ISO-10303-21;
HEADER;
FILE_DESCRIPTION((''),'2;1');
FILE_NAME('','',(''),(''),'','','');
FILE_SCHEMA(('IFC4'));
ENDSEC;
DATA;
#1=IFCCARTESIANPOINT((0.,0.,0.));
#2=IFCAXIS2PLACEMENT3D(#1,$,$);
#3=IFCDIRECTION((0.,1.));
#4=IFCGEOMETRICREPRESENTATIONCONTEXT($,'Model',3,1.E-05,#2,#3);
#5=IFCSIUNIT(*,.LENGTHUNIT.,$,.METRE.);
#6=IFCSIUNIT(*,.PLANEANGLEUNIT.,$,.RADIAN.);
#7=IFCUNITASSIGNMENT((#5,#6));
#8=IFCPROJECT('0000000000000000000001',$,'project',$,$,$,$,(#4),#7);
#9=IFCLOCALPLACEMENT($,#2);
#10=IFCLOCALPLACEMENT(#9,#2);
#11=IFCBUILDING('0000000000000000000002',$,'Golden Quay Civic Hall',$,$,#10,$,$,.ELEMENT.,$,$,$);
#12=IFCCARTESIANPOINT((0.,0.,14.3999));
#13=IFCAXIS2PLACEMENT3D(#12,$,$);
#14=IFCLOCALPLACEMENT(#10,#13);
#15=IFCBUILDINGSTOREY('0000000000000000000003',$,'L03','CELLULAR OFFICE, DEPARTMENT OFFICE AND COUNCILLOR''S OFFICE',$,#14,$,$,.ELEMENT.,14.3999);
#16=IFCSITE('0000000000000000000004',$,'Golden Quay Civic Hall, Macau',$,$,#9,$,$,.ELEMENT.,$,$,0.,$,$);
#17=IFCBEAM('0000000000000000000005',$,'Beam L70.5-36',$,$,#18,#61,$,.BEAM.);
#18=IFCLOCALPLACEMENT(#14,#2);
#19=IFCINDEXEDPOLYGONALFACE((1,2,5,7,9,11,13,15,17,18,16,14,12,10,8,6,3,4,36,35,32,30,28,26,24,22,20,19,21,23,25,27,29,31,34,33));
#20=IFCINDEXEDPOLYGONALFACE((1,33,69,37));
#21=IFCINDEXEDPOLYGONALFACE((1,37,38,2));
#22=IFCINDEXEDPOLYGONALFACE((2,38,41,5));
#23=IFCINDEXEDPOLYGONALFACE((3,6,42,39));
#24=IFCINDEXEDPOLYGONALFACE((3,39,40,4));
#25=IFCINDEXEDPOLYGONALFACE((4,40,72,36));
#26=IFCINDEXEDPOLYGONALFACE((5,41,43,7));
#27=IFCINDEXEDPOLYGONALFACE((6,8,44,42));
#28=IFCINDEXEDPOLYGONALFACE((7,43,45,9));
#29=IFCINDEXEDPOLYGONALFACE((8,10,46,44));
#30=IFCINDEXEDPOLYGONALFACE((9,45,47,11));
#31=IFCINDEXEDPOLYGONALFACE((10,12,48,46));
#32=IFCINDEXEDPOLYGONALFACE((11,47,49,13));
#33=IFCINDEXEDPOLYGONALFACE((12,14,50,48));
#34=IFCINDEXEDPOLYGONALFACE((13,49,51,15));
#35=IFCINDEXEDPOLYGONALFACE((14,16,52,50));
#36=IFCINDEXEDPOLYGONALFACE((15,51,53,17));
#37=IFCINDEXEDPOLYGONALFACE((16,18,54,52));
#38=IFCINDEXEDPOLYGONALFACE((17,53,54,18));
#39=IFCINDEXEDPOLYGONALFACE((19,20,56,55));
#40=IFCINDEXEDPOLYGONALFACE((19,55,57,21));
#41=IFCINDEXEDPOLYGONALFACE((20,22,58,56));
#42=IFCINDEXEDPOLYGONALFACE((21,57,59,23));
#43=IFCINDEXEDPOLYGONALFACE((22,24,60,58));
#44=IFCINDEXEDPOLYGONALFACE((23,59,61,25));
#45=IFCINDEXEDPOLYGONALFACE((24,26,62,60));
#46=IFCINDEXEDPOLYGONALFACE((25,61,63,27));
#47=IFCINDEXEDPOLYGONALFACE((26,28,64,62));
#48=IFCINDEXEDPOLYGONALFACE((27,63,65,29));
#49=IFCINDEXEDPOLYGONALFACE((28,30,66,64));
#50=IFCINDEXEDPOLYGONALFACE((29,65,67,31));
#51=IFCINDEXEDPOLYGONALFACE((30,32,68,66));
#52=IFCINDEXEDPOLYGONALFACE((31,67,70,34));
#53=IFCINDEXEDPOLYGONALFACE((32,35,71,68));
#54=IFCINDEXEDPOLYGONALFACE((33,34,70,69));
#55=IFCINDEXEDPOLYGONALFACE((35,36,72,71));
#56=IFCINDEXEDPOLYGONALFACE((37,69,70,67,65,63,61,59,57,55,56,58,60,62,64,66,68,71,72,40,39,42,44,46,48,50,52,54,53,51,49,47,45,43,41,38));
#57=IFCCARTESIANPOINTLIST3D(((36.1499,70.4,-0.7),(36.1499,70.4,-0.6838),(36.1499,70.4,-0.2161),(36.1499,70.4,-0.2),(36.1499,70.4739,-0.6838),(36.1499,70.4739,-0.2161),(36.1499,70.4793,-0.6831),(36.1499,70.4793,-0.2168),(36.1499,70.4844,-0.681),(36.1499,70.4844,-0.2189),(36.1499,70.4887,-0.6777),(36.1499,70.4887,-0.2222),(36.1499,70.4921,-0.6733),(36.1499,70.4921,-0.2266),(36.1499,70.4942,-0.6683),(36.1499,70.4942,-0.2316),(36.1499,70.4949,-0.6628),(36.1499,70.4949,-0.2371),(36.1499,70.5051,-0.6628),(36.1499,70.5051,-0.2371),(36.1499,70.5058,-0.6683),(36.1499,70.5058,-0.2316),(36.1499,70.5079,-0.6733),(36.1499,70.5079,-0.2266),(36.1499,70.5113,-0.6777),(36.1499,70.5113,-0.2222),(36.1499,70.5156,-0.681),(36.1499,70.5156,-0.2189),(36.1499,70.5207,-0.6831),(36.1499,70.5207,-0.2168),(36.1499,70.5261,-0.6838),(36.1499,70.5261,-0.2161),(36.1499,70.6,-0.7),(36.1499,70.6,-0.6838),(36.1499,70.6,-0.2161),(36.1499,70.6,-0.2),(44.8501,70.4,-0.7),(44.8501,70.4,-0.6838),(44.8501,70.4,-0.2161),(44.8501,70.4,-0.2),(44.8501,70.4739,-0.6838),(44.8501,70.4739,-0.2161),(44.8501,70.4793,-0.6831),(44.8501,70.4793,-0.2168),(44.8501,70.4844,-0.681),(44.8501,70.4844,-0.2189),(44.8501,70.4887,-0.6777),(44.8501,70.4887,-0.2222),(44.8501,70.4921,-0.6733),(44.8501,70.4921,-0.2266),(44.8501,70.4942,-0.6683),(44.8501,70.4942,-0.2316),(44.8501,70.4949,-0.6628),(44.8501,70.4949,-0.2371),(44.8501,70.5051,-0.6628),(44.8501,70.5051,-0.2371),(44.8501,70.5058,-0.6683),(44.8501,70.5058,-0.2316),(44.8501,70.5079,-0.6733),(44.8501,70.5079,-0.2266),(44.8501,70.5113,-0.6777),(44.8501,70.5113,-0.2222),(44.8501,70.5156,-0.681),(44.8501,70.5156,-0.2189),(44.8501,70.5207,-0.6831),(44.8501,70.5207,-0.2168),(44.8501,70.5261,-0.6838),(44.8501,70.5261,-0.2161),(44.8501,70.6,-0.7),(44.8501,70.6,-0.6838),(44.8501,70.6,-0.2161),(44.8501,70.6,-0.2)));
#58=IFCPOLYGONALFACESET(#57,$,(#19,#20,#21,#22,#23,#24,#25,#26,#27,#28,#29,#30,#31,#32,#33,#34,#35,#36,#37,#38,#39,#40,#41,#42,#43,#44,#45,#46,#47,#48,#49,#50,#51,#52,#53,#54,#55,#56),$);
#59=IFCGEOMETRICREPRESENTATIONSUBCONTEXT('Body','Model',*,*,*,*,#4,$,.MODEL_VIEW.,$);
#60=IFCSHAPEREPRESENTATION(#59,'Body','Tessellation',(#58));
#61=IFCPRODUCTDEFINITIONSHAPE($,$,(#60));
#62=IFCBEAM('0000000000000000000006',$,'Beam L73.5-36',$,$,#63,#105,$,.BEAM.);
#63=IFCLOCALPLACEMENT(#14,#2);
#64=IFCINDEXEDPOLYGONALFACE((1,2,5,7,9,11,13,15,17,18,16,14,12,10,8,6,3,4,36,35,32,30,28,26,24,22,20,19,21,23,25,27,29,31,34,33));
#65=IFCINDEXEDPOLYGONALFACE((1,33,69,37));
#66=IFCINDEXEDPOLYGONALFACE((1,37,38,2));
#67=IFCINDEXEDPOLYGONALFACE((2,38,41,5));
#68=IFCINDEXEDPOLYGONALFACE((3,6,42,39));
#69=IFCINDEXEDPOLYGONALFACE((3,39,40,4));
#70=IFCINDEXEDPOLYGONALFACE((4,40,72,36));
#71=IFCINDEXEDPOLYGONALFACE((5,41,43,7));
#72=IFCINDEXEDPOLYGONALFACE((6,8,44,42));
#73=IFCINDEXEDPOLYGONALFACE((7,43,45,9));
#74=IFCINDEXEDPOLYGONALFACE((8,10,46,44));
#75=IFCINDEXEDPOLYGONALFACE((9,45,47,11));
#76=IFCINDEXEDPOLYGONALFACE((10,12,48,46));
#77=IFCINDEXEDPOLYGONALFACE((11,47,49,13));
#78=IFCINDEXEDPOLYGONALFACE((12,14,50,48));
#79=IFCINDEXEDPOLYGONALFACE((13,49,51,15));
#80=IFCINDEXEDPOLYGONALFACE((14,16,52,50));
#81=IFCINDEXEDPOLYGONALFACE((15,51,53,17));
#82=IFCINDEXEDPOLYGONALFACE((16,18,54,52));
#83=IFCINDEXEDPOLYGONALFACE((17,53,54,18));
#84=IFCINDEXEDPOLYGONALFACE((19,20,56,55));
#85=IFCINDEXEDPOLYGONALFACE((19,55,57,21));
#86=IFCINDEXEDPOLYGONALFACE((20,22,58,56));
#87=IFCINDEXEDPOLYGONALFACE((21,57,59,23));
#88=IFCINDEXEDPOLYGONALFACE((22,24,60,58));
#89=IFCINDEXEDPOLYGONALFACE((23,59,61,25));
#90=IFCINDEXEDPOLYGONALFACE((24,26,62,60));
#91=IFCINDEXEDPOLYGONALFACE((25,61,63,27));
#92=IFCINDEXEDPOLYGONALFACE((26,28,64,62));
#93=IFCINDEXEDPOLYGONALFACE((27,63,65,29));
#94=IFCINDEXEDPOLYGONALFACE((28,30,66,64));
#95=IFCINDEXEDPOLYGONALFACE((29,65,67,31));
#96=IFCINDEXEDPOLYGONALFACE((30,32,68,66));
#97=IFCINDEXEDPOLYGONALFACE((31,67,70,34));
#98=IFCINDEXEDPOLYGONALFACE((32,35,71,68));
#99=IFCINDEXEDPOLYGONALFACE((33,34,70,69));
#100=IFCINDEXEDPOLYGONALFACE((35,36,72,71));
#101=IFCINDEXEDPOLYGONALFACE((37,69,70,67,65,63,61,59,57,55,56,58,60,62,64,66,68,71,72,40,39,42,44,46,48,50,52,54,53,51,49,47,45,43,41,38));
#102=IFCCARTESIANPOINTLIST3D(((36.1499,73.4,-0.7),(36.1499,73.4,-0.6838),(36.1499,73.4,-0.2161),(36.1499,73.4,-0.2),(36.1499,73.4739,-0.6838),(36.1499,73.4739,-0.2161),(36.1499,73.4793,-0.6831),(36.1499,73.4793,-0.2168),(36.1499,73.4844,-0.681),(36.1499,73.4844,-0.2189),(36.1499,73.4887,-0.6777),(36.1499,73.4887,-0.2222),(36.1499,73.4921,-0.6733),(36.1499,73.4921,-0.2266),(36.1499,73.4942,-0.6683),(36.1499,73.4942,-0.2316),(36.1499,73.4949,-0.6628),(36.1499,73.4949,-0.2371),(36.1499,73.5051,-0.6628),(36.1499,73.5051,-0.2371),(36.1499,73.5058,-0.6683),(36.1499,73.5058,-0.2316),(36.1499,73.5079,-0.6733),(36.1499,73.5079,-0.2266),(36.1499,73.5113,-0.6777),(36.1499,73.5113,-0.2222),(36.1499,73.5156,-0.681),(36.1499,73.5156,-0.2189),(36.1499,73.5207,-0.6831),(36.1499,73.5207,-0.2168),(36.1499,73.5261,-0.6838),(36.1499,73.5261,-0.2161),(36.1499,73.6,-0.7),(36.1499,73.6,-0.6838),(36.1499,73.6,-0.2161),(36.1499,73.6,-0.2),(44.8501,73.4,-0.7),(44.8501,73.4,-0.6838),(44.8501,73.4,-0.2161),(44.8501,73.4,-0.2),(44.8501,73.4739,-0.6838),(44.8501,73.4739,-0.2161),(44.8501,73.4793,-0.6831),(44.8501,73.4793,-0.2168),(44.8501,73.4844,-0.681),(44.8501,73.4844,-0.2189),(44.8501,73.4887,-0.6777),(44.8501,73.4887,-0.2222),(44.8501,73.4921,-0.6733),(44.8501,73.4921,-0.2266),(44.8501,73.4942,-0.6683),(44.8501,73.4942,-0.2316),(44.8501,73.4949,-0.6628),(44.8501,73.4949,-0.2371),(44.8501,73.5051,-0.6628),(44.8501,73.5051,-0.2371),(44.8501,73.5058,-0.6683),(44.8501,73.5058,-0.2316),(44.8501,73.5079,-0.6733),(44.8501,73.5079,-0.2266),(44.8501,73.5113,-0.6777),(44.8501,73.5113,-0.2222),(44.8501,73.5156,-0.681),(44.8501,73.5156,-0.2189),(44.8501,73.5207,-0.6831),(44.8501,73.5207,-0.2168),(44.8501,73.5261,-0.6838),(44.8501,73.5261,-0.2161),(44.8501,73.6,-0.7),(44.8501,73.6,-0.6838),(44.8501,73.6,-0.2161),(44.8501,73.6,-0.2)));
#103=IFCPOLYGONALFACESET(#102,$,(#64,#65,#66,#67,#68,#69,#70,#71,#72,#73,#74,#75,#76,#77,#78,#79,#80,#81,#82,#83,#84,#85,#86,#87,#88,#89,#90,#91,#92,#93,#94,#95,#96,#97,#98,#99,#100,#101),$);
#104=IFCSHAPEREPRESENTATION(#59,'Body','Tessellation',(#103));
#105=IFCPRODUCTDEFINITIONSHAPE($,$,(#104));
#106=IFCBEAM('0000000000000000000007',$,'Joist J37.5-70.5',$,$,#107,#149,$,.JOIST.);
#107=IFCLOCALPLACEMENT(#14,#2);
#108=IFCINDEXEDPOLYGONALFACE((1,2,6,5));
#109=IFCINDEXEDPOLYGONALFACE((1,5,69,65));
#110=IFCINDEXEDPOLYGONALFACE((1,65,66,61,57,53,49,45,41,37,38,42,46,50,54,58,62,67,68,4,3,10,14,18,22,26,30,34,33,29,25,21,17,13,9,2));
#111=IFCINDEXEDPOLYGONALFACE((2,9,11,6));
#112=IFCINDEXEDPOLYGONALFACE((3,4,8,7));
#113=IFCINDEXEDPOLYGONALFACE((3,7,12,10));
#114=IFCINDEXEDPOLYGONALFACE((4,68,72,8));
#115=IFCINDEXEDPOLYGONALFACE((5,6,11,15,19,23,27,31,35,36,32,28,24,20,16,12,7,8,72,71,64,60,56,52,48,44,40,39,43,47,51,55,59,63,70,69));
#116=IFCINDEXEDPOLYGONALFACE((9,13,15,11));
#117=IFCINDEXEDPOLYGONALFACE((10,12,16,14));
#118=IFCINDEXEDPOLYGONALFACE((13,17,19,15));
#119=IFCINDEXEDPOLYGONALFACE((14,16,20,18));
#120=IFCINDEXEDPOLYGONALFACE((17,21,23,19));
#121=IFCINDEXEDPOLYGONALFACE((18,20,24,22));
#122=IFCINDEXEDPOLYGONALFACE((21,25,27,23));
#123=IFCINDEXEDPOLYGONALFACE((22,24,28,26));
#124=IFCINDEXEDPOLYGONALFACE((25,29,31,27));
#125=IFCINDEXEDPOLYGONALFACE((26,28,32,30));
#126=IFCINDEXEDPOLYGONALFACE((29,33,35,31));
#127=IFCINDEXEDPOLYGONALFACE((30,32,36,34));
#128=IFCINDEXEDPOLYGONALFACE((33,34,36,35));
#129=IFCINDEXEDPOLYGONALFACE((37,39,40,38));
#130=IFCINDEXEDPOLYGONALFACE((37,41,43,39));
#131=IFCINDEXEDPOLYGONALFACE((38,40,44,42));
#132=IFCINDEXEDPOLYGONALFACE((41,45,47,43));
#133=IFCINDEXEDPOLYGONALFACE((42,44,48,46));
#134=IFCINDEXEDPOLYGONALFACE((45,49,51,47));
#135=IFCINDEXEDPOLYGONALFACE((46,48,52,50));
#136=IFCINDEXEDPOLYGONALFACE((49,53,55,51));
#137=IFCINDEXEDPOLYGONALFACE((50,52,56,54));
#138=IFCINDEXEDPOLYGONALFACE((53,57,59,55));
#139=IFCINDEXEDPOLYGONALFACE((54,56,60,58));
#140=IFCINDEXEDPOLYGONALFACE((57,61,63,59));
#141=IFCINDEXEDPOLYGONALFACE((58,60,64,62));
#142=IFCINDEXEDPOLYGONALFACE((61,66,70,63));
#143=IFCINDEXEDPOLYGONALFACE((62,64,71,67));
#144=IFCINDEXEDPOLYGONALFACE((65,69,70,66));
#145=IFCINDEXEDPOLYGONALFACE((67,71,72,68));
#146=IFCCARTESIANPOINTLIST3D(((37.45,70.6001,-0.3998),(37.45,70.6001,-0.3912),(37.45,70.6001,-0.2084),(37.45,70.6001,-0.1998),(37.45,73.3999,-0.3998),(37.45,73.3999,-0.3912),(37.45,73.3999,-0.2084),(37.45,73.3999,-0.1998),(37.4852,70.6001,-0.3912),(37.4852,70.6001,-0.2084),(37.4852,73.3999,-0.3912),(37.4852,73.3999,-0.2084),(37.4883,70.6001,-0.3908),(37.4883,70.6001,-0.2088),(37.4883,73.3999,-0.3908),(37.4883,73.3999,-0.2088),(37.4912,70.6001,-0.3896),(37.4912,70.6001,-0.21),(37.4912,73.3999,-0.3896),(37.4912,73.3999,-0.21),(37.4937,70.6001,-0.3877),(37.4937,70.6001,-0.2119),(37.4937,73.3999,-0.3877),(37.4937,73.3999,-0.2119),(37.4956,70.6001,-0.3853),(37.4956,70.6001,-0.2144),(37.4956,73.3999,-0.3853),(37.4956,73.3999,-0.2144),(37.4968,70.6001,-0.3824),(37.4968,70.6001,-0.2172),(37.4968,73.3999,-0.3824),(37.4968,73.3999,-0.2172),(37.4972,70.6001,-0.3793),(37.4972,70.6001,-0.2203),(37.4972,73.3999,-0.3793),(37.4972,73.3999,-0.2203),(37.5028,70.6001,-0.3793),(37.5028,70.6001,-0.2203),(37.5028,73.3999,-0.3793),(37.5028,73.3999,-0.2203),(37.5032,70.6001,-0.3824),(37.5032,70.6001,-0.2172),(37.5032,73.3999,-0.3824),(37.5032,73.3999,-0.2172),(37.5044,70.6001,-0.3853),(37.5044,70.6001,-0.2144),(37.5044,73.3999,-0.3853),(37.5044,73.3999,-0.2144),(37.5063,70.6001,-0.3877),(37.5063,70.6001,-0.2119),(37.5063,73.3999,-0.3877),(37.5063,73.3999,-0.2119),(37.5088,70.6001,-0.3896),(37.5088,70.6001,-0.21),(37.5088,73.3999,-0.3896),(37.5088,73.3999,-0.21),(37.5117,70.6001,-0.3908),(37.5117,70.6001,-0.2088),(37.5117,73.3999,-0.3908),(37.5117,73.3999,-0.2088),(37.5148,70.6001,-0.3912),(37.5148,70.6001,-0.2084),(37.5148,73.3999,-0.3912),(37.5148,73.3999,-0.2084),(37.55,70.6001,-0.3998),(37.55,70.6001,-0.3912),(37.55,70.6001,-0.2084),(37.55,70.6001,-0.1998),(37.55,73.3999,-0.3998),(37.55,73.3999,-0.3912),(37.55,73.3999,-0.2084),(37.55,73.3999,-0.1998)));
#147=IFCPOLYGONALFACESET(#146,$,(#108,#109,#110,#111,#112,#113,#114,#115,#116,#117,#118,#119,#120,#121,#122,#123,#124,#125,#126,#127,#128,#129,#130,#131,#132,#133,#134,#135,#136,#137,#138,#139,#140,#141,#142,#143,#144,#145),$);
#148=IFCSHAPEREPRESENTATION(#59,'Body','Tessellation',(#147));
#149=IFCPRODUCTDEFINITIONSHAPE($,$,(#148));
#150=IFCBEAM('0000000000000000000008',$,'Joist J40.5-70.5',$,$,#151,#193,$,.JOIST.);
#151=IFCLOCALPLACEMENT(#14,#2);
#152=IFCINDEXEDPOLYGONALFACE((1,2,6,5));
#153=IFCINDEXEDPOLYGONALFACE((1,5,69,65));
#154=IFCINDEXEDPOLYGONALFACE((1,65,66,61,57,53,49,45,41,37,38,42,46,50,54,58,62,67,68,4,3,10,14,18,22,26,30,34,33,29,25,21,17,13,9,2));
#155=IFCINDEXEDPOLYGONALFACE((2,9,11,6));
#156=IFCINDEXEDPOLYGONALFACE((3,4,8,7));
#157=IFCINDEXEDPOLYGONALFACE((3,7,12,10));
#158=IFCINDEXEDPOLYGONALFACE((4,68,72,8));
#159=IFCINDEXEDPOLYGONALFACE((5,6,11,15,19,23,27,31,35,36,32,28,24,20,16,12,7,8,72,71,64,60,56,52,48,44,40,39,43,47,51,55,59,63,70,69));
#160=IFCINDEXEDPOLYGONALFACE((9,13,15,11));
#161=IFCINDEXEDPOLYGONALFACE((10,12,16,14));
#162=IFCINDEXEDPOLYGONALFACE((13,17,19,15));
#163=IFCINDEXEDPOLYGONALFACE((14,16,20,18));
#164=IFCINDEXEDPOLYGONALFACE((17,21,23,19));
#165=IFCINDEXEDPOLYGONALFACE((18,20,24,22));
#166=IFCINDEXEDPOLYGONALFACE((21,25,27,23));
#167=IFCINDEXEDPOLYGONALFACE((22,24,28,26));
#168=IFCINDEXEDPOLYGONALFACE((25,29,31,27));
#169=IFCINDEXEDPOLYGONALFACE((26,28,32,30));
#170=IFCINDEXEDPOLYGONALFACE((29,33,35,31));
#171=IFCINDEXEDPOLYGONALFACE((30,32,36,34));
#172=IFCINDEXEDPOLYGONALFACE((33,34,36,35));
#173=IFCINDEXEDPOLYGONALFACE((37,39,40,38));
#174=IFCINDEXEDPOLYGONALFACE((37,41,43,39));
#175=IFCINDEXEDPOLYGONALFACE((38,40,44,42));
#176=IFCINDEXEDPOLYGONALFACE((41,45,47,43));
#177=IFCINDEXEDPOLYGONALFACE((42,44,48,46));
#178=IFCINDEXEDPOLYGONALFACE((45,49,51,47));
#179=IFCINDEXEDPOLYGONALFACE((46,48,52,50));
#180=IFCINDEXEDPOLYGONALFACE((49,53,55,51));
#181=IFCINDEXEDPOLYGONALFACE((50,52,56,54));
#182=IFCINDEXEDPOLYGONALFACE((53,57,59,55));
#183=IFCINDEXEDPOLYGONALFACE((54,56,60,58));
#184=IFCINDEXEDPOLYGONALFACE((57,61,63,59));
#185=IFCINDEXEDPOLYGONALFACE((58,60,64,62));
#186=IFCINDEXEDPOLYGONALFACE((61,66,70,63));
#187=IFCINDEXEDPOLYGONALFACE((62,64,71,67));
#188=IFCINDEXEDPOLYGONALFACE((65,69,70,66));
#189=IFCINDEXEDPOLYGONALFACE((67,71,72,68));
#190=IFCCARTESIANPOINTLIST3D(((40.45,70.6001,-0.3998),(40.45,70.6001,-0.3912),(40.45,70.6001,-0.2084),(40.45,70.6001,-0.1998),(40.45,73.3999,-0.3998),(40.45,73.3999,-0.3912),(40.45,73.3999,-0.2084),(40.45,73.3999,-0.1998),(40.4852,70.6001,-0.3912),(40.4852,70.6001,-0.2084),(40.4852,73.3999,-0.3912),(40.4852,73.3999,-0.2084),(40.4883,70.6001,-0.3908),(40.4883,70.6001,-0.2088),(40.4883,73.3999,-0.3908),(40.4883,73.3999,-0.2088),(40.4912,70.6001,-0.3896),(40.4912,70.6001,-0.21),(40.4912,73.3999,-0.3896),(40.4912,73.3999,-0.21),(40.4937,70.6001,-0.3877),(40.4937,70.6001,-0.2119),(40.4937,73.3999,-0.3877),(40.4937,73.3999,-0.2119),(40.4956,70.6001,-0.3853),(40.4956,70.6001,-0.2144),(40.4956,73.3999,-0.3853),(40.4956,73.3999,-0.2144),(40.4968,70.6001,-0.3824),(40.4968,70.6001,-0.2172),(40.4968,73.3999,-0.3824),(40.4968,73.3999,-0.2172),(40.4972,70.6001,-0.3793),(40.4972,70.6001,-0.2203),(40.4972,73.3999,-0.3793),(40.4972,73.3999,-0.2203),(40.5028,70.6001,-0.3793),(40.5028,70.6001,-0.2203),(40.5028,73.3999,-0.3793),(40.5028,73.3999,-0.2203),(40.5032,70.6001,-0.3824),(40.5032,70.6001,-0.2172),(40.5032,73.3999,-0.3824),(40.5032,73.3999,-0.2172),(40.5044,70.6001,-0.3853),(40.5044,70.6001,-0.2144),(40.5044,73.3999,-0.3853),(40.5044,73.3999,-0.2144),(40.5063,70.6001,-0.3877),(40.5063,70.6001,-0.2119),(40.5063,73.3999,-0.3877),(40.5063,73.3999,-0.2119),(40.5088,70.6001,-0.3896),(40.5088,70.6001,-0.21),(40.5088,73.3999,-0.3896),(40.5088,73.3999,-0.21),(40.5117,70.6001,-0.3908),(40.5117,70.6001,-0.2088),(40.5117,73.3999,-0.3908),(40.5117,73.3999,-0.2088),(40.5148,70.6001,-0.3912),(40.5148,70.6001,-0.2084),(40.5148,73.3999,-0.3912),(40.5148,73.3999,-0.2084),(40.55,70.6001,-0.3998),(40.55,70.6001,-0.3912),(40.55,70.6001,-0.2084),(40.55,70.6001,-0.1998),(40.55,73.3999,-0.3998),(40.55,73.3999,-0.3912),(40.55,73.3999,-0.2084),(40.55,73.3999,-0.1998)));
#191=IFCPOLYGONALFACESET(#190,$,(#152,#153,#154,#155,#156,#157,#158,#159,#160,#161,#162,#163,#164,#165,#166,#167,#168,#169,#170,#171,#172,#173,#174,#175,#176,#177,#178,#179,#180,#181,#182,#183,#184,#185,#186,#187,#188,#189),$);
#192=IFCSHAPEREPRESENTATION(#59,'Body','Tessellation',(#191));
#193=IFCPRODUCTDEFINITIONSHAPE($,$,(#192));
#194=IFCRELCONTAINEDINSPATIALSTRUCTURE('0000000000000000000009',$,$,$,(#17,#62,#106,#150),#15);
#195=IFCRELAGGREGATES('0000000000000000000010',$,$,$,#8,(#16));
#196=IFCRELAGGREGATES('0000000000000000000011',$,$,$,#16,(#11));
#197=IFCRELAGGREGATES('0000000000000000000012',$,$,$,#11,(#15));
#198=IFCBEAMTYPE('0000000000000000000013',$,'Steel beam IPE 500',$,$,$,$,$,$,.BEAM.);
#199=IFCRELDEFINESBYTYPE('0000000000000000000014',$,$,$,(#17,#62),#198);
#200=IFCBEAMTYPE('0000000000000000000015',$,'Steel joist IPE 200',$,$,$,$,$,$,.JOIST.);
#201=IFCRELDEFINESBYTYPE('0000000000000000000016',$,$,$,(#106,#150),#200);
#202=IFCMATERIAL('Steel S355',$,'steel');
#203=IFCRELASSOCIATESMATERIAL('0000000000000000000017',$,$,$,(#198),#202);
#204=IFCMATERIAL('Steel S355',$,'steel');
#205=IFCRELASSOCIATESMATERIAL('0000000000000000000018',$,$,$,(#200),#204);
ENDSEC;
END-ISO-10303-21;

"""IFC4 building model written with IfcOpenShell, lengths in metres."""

from ifc_helpers import new_model, si_unit, direction, frame, origin, origin_2d, place, context, subcontext, project, spatial, i_section, extrude, material, material_profile, profile_set, type_object, element, save


model = new_model("IFC4")

# Units and contexts
model_context = context("Model", 3, precision=1e-05, world=origin(), true_north=direction((0.0, 1.0)))
body_context = subcontext(model_context, "Body", "Model", "MODEL_VIEW")
ifc_project = project(units=[si_unit("LENGTHUNIT", "METRE"), si_unit("PLANEANGLEUNIT", "RADIAN")], contexts=[model_context])

# Site, building, storey
site_placement = place(None, origin())
site = spatial("IfcSite", under=ifc_project, at=site_placement, Name="Golden Quay Civic Hall, Macau", CompositionType="ELEMENT", RefElevation=0.0)
building_placement = place(site_placement, origin())
building = spatial("IfcBuilding", under=site, at=building_placement, Name="Golden Quay Civic Hall", CompositionType="ELEMENT")
storey_placement = place(building_placement, frame((0.0, 0.0, 14.3999)))
storey = spatial("IfcBuildingStorey", under=building, at=storey_placement, Name="L03", Description="CELLULAR OFFICE, DEPARTMENT OFFICE AND COUNCILLOR'S OFFICE", CompositionType="ELEMENT", Elevation=14.3999)

# Beams
ifc_material_1 = material(Name="Steel S355", Category="steel")
ifc_material_profile_1 = material_profile(ifc_material_1, i_section(OverallWidth=0.2, OverallDepth=0.5, WebThickness=0.0103, FlangeThickness=0.0161, FilletRadius=0.021, at=origin_2d()), Name="IPE 500")
ifc_profile_set_1 = profile_set([ifc_material_profile_1], Name="Steel S355")
beam_type_1 = type_object("IfcBeamType", Name="Steel beam IPE 500", PredefinedType="BEAM", material=ifc_profile_set_1)
for number, where, z_axis, x_axis, name in (
    (1, (36.1499, 70.5, -0.45), (1.0, 0.0, 0.0), (0.0, 1.0, 0.0), "Beam L70.5-36"),
    (2, (36.1499, 73.5, -0.45), (1.0, 0.0, 0.0), (0.0, 1.0, 0.0), "Beam L73.5-36"),
):
    element("IfcBeam", number, at=place(storey_placement, frame(where, z_axis=z_axis, x_axis=x_axis)), inside=storey, type_object=beam_type_1, Name=name, PredefinedType="BEAM", context=body_context, shape_type="SweptSolid", body=[
        extrude(i_section(OverallWidth=0.2, OverallDepth=0.5, WebThickness=0.0103, FlangeThickness=0.0161, FilletRadius=0.021, at=origin_2d()), origin(), (0.0, 0.0, 1.0), 8.7002),
    ])
ifc_material_2 = material(Name="Steel S355", Category="steel")
ifc_material_profile_2 = material_profile(ifc_material_2, i_section(OverallWidth=0.1001, OverallDepth=0.2, WebThickness=0.0056, FlangeThickness=0.0085, FilletRadius=0.012, at=origin_2d()), Name="IPE 200")
ifc_profile_set_2 = profile_set([ifc_material_profile_2], Name="Steel S355")
beam_type_2 = type_object("IfcBeamType", Name="Steel joist IPE 200", PredefinedType="JOIST", material=ifc_profile_set_2)
for number, where, z_axis, x_axis, name in (
    (3, (37.5, 70.6001, -0.2998), (0.0, 1.0, 0.0), (-1.0, 0.0, 0.0), "Joist J37.5-70.5"),
    (4, (40.5, 70.6001, -0.2998), (0.0, 1.0, 0.0), (-1.0, 0.0, 0.0), "Joist J40.5-70.5"),
):
    element("IfcBeam", number, at=place(storey_placement, frame(where, z_axis=z_axis, x_axis=x_axis)), inside=storey, type_object=beam_type_2, Name=name, PredefinedType="JOIST", context=body_context, shape_type="SweptSolid", body=[
        extrude(i_section(OverallWidth=0.1001, OverallDepth=0.2, WebThickness=0.0056, FlangeThickness=0.0085, FilletRadius=0.012, at=origin_2d()), origin(), (0.0, 0.0, 1.0), 2.7998),
    ])

save(model, "model.ifc")
